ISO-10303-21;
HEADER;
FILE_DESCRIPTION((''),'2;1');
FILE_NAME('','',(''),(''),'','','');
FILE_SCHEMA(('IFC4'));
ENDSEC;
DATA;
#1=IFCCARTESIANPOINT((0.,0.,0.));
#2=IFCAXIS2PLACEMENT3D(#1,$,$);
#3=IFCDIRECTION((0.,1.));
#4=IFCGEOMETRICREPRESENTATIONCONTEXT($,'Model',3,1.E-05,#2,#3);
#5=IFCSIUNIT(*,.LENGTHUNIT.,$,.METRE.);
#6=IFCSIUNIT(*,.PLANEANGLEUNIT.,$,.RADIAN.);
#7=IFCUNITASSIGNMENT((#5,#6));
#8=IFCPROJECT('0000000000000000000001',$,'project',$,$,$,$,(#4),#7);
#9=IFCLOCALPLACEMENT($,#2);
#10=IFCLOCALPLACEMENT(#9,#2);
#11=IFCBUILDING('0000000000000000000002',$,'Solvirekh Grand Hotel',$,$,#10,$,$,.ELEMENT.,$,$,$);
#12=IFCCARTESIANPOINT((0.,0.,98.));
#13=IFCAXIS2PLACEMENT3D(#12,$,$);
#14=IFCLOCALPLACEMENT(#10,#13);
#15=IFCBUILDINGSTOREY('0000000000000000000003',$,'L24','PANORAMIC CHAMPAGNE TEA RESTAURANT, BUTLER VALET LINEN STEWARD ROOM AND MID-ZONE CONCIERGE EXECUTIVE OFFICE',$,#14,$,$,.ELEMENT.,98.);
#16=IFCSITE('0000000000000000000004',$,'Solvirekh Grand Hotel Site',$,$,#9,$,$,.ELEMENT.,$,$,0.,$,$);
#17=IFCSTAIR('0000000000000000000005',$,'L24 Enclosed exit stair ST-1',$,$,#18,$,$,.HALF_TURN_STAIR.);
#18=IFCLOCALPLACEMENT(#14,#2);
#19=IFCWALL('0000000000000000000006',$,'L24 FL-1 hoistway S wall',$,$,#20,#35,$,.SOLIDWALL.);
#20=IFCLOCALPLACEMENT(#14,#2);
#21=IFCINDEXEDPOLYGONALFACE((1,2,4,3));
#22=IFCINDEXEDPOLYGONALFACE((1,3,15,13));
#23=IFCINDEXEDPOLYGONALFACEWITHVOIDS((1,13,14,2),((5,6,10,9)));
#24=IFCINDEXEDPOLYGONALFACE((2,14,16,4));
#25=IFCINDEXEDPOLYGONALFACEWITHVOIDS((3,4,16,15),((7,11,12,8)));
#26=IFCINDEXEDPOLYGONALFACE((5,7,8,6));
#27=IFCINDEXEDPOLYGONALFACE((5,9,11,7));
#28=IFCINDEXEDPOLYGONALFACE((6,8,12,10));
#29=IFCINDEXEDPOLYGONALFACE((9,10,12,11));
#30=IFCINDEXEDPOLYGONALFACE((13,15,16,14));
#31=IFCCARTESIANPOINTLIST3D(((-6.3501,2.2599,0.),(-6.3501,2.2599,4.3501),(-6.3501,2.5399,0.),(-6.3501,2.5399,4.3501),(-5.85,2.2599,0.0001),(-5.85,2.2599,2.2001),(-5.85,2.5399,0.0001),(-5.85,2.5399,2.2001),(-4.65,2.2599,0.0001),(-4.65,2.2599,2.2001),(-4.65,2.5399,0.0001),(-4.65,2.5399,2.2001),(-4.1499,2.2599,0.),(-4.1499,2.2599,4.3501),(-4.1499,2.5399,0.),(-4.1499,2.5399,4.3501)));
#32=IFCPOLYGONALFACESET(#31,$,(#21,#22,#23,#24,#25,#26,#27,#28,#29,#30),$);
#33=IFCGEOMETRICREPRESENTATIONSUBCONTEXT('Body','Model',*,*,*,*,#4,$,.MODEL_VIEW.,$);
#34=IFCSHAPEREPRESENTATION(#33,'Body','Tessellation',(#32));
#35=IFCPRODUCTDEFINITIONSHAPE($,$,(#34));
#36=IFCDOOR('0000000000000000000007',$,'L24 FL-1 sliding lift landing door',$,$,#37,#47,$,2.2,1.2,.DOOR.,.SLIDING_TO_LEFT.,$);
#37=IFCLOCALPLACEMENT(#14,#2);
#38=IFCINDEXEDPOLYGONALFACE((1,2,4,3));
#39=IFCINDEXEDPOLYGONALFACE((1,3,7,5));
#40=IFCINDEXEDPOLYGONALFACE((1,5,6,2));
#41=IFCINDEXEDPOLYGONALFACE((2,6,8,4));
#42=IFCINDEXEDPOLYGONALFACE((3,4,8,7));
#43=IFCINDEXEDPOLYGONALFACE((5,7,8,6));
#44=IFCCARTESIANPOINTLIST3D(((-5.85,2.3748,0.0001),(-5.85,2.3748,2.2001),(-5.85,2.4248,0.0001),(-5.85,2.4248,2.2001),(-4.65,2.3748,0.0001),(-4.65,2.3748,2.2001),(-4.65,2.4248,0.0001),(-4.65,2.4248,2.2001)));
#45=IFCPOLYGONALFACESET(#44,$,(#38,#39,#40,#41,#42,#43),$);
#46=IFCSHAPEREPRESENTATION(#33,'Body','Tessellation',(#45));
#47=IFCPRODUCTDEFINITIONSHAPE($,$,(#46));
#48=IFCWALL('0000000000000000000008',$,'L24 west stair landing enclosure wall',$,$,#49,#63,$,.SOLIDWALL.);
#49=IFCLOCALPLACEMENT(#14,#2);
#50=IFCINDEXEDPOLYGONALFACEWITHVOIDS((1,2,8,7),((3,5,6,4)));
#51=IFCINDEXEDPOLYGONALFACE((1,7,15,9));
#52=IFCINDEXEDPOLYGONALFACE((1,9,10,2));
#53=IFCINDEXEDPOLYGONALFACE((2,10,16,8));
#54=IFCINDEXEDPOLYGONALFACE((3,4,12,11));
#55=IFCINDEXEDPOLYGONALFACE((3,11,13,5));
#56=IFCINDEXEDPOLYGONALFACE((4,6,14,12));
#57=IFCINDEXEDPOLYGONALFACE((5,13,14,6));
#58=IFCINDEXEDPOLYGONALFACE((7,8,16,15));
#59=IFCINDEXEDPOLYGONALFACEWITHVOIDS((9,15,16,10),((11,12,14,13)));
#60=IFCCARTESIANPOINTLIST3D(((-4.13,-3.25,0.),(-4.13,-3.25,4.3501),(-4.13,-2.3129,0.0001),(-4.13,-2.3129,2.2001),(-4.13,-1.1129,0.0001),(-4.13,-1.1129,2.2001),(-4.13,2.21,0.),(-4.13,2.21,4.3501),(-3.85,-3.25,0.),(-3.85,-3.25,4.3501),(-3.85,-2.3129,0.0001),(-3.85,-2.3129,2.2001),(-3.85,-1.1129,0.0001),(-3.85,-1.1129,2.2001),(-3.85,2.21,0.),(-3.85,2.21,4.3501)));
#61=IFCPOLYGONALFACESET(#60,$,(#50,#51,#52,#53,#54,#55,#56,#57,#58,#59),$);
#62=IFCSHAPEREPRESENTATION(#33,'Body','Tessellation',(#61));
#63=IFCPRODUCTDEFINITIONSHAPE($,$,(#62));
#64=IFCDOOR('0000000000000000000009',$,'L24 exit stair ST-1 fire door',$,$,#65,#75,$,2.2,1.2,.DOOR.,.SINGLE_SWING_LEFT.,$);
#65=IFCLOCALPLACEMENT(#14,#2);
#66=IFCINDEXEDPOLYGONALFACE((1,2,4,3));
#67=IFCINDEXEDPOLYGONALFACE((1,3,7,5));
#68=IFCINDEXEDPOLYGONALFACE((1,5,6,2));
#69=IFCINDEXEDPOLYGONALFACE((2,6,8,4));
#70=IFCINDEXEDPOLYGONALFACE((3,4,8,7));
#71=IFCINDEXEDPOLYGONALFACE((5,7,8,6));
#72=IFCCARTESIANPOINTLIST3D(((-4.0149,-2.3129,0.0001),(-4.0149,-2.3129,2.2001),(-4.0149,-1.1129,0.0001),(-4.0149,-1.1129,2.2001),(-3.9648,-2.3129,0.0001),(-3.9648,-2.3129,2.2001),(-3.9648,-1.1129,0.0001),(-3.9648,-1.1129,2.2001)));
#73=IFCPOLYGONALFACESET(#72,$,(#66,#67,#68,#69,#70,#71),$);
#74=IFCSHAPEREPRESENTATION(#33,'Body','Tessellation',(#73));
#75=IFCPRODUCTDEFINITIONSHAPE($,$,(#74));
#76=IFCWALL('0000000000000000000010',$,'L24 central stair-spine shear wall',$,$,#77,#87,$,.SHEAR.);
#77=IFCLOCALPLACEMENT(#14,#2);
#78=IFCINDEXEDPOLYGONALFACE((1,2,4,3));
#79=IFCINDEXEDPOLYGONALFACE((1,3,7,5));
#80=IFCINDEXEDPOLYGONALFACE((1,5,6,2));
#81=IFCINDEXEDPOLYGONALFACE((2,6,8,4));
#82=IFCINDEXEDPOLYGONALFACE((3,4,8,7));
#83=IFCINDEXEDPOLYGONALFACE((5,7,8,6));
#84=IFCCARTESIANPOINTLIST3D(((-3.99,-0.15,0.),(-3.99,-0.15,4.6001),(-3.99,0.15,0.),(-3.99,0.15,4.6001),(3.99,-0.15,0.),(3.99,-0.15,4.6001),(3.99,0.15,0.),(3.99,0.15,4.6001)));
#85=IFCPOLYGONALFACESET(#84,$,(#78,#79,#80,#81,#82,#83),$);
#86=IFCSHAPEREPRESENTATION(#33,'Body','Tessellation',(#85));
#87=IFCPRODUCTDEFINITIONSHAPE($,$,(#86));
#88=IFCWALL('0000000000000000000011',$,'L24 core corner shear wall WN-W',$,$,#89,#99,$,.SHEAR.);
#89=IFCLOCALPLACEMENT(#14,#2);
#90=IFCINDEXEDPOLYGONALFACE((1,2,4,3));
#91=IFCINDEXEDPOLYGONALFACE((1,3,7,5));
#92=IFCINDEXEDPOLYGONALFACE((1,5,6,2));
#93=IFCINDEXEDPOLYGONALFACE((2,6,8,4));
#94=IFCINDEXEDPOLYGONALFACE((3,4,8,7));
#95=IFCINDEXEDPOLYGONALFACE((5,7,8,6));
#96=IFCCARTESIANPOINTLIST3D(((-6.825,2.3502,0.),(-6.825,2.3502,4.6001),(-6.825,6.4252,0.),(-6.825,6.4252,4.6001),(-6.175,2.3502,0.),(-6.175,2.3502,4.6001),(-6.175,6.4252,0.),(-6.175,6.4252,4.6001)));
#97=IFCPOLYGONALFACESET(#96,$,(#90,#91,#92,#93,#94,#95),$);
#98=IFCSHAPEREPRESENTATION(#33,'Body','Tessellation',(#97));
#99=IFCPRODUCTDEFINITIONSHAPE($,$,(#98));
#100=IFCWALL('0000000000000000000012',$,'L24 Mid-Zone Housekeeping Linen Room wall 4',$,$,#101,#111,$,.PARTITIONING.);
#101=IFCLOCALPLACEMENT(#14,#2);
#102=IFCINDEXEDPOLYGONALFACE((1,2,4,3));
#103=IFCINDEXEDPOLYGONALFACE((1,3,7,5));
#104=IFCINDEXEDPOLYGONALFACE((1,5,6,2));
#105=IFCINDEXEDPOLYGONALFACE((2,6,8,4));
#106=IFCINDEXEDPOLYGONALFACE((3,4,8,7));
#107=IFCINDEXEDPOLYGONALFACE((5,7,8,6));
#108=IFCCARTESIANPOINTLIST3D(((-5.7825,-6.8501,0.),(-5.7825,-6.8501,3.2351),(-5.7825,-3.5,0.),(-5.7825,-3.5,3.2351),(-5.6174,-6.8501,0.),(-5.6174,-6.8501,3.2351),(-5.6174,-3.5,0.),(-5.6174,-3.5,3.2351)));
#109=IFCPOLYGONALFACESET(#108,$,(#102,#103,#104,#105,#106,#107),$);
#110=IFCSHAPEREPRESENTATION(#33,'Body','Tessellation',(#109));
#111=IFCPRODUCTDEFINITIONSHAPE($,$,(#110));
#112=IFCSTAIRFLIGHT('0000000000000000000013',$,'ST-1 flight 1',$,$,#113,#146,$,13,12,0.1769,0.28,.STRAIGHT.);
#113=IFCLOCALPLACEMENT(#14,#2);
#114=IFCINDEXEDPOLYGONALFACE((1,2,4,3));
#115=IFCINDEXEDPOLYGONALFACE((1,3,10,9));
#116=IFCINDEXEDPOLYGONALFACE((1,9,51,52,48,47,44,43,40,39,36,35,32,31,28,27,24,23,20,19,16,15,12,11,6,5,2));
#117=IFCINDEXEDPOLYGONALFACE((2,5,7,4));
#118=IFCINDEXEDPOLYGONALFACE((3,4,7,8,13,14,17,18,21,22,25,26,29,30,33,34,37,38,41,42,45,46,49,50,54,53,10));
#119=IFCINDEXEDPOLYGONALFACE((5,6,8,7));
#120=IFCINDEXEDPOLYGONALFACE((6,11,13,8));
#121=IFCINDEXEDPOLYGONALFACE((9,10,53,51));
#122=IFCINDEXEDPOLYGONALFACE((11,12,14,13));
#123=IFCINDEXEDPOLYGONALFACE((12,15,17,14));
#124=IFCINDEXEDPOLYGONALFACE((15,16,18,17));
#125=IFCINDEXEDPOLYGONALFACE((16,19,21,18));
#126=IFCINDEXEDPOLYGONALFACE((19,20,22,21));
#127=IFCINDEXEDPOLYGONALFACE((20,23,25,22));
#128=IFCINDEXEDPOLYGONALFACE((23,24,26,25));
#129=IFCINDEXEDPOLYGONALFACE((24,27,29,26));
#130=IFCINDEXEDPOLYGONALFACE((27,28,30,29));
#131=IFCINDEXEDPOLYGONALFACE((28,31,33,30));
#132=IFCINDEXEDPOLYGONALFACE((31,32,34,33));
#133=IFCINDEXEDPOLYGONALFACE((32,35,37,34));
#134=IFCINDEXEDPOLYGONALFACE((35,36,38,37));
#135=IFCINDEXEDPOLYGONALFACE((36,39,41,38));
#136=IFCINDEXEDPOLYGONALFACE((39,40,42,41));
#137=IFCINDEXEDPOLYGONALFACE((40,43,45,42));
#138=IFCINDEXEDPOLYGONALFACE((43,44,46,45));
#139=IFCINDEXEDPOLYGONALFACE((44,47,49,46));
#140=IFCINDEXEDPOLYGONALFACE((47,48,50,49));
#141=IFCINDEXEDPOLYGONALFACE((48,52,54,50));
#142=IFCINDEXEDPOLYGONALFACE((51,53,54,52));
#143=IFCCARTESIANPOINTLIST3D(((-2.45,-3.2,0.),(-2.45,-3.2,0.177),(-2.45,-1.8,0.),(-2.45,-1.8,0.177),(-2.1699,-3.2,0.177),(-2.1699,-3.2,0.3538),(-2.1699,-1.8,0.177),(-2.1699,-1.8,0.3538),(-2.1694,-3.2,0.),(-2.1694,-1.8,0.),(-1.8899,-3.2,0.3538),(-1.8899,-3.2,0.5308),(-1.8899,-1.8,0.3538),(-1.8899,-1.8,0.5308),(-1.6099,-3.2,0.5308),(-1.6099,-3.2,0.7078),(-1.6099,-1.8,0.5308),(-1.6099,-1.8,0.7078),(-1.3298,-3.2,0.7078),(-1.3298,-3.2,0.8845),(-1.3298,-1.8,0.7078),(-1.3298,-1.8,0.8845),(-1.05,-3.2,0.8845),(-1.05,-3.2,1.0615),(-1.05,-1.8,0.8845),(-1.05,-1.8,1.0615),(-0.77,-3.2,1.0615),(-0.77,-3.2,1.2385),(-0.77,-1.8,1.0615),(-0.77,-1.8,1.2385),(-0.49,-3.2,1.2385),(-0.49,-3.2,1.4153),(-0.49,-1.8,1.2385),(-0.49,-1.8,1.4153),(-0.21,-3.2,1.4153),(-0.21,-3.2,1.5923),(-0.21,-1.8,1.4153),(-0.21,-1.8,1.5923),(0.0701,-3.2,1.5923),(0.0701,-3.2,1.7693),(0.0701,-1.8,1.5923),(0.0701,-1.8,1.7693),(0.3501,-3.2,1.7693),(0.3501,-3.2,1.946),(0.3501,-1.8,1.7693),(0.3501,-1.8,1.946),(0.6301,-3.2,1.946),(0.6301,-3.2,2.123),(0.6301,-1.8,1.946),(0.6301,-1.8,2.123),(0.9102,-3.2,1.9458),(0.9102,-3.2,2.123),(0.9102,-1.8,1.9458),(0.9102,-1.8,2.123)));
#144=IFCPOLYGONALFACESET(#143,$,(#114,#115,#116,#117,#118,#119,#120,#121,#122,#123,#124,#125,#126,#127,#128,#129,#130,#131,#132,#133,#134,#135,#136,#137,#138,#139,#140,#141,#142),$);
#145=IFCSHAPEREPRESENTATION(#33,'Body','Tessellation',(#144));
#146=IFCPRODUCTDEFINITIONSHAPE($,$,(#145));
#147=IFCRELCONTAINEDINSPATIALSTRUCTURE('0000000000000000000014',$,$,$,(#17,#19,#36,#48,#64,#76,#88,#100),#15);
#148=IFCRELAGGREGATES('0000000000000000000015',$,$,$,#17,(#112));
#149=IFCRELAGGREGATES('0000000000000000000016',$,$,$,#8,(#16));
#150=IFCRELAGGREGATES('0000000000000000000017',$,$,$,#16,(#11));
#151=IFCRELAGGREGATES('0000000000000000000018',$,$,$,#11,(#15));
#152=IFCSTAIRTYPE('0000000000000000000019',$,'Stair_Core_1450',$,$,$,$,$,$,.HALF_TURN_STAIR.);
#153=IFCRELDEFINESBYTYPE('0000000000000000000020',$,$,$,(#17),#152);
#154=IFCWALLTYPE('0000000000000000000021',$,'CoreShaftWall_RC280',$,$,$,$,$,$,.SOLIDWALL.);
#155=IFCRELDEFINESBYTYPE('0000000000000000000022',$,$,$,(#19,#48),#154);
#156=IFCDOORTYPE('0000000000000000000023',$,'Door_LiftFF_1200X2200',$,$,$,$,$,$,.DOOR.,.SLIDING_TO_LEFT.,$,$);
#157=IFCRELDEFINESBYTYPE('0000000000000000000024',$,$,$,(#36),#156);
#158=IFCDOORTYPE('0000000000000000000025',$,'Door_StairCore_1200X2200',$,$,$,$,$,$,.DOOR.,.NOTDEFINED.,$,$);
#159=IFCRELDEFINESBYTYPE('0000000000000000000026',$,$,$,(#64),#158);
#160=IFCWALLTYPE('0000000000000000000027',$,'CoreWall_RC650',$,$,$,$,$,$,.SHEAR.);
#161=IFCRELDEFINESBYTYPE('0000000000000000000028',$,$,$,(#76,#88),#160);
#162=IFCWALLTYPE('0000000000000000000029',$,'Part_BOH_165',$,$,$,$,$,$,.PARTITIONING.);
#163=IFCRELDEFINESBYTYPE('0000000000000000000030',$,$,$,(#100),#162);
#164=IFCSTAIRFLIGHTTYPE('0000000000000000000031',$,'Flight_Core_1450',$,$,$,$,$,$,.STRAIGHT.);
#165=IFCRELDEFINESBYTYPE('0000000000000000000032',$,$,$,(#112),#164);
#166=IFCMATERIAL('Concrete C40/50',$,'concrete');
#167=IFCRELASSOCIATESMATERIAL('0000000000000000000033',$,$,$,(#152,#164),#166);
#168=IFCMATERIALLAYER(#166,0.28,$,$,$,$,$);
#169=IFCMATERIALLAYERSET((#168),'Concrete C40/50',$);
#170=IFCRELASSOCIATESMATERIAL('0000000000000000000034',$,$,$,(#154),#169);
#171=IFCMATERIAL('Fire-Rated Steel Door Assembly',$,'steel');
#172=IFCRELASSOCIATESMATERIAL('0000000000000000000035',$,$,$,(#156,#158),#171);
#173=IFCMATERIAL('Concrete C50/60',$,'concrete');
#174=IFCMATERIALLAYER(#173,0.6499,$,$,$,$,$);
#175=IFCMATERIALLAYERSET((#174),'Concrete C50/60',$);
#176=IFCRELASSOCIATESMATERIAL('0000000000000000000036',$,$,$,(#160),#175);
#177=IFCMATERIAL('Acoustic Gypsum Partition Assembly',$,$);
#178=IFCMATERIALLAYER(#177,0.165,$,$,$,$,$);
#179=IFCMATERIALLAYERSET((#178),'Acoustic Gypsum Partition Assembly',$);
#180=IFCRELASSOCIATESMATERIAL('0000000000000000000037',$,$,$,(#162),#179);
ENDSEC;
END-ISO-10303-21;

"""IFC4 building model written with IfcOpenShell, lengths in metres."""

from ifc_helpers import new_model, si_unit, direction, frame, frame_2d, origin, place, context, subcontext, project, spatial, polyline, rectangle, outline, extrude, material, layer, layer_set, type_object, element, fill, aggregate, save


model = new_model("IFC4")

# Units and contexts
model_context = context("Model", 3, precision=1e-05, world=origin(), true_north=direction((0.0, 1.0)))
body_context = subcontext(model_context, "Body", "Model", "MODEL_VIEW")
ifc_project = project(units=[si_unit("LENGTHUNIT", "METRE"), si_unit("PLANEANGLEUNIT", "RADIAN")], contexts=[model_context])

# Site, building, storey
site_placement = place(None, origin())
site = spatial("IfcSite", under=ifc_project, at=site_placement, Name="Solvirekh Grand Hotel Site", CompositionType="ELEMENT", RefElevation=0.0)
building_placement = place(site_placement, origin())
building = spatial("IfcBuilding", under=site, at=building_placement, Name="Solvirekh Grand Hotel", CompositionType="ELEMENT")
storey_placement = place(building_placement, frame((0.0, 0.0, 98.0)))
storey = spatial("IfcBuildingStorey", under=building, at=storey_placement, Name="L24", Description="PANORAMIC CHAMPAGNE TEA RESTAURANT, BUTLER VALET LINEN STEWARD ROOM AND MID-ZONE CONCIERGE EXECUTIVE OFFICE", CompositionType="ELEMENT", Elevation=98.0)

# Shared definitions
ifc_material_1 = material(Name="Concrete C50/60", Category="concrete")

# Stair
ifc_material_2 = material(Name="Concrete C40/50", Category="concrete")
stair_type = type_object("IfcStairType", Name="Stair_Core_1450", PredefinedType="HALF_TURN_STAIR", material=ifc_material_2)
stair_1_placement = place(storey_placement, origin())
stair_1 = element("IfcStair", 1, at=stair_1_placement, inside=storey, type_object=stair_type, Name="L24 Enclosed exit stair ST-1", PredefinedType="HALF_TURN_STAIR")

# Shared definitions
ifc_layer_1 = layer(ifc_material_2, 0.28)
ifc_layer_set_1 = layer_set([ifc_layer_1], Name="Concrete C40/50")
wall_type_1 = type_object("IfcWallType", Name="CoreShaftWall_RC280", PredefinedType="SOLIDWALL", material=ifc_layer_set_1)

# Walls, openings, doors
wall_1_placement = place(storey_placement, frame((-6.3501, 2.3999, 0.0), z_axis=(0.0, 0.0, 1.0), x_axis=(1.0, 0.0, 0.0)))
wall_1 = element("IfcWall", 2, at=wall_1_placement, inside=storey, type_object=wall_type_1, Name="L24 FL-1 hoistway S wall", PredefinedType="SOLIDWALL", context=body_context, shape_type="SweptSolid", body=[
    extrude(rectangle(XDim=2.2002, YDim=0.28, at=frame_2d((1.1001, 0.0))), origin(), (0.0, 0.0, 1.0), 4.3501),
])
opening_1_placement = place(wall_1_placement, frame((0.5, 0.0, 0.0)))
opening_1 = element("IfcOpeningElement", 3, at=opening_1_placement, cuts=wall_1, PredefinedType="OPENING", context=body_context, shape_type="SweptSolid", body=[
    extrude(rectangle(XDim=1.2, YDim=2.2, at=frame_2d((0.6001, 1.1001))), frame((0.0, 0.1499, 0.0), z_axis=(0.0, -1.0, 0.0), x_axis=(1.0, 0.0, 0.0)), (0.0, 0.0, 1.0), 0.3),
])
ifc_material_3 = material(Name="Fire-Rated Steel Door Assembly", Category="steel")
door_type_1 = type_object("IfcDoorType", Name="Door_LiftFF_1200X2200", OperationType="SLIDING_TO_LEFT", PredefinedType="DOOR", material=ifc_material_3)
door_1_placement = place(opening_1_placement, origin())
door_1 = element("IfcDoor", 4, at=door_1_placement, inside=storey, type_object=door_type_1, Name="L24 FL-1 sliding lift landing door", OperationType="SLIDING_TO_LEFT", OverallHeight=2.2, OverallWidth=1.2, PredefinedType="DOOR", context=body_context, shape_type="SweptSolid", body=[
    extrude(rectangle(XDim=1.2, YDim=2.2, at=frame_2d((0.6001, 1.1001))), frame((0.0, 0.0249, 0.0), z_axis=(0.0, -1.0, 0.0), x_axis=(1.0, 0.0, 0.0)), (0.0, 0.0, 1.0), 0.05),
])
fill(opening_1, door_1)
wall_2_placement = place(storey_placement, frame((-3.99, -3.25, 0.0), z_axis=(0.0, 0.0, 1.0), x_axis=(0.0, 1.0, 0.0)))
wall_2 = element("IfcWall", 5, at=wall_2_placement, inside=storey, type_object=wall_type_1, Name="L24 west stair landing enclosure wall", PredefinedType="SOLIDWALL", context=body_context, shape_type="SweptSolid", body=[
    extrude(rectangle(XDim=5.46, YDim=0.28, at=frame_2d((2.73, 0.0))), origin(), (0.0, 0.0, 1.0), 4.3501),
])
opening_2_placement = place(wall_2_placement, frame((0.937, 0.0, 0.0)))
opening_2 = element("IfcOpeningElement", 6, at=opening_2_placement, cuts=wall_2, PredefinedType="OPENING", context=body_context, shape_type="SweptSolid", body=[
    extrude(rectangle(XDim=1.2, YDim=2.2, at=frame_2d((0.6001, 1.1001))), frame((0.0, 0.1499, 0.0), z_axis=(0.0, -1.0, 0.0), x_axis=(1.0, 0.0, 0.0)), (0.0, 0.0, 1.0), 0.3),
])
door_type_2 = type_object("IfcDoorType", Name="Door_StairCore_1200X2200", OperationType="NOTDEFINED", PredefinedType="DOOR", material=ifc_material_3)
door_2_placement = place(opening_2_placement, origin())
door_2 = element("IfcDoor", 7, at=door_2_placement, inside=storey, type_object=door_type_2, Name="L24 exit stair ST-1 fire door", OperationType="SINGLE_SWING_LEFT", OverallHeight=2.2, OverallWidth=1.2, PredefinedType="DOOR", context=body_context, shape_type="SweptSolid", body=[
    extrude(rectangle(XDim=1.2, YDim=2.2, at=frame_2d((0.6001, 1.1001))), frame((0.0, 0.0249, 0.0), z_axis=(0.0, -1.0, 0.0), x_axis=(1.0, 0.0, 0.0)), (0.0, 0.0, 1.0), 0.05),
])
fill(opening_2, door_2)

# Walls
ifc_layer_2 = layer(ifc_material_1, 0.6499)
ifc_layer_set_2 = layer_set([ifc_layer_2], Name="Concrete C50/60")
wall_type_2 = type_object("IfcWallType", Name="CoreWall_RC650", PredefinedType="SHEAR", material=ifc_layer_set_2)
wall_3_placement = place(storey_placement, frame((-3.99, 0.0, 0.0), z_axis=(0.0, 0.0, 1.0), x_axis=(1.0, 0.0, 0.0)))
element("IfcWall", 8, at=wall_3_placement, inside=storey, type_object=wall_type_2, Name="L24 central stair-spine shear wall", PredefinedType="SHEAR", context=body_context, shape_type="SweptSolid", body=[
    extrude(rectangle(XDim=7.98, YDim=0.3, at=frame_2d((3.99, 0.0))), origin(), (0.0, 0.0, 1.0), 4.6001),
])
wall_4_placement = place(storey_placement, frame((-6.5, 2.3501, 0.0), z_axis=(0.0, 0.0, 1.0), x_axis=(0.0, 1.0, 0.0)))
element("IfcWall", 9, at=wall_4_placement, inside=storey, type_object=wall_type_2, Name="L24 core corner shear wall WN-W", PredefinedType="SHEAR", context=body_context, shape_type="SweptSolid", body=[
    extrude(rectangle(XDim=4.075, YDim=0.6499, at=frame_2d((2.0376, 0.0))), origin(), (0.0, 0.0, 1.0), 4.6001),
])
ifc_material_4 = material(Name="Acoustic Gypsum Partition Assembly")
ifc_layer_3 = layer(ifc_material_4, 0.165)
ifc_layer_set_3 = layer_set([ifc_layer_3], Name="Acoustic Gypsum Partition Assembly")
wall_type_3 = type_object("IfcWallType", Name="Part_BOH_165", PredefinedType="PARTITIONING", material=ifc_layer_set_3)
wall_5_placement = place(storey_placement, frame((-5.7, -3.5, 0.0), z_axis=(0.0, 0.0, 1.0), x_axis=(0.0, -1.0, 0.0)))
element("IfcWall", 10, at=wall_5_placement, inside=storey, type_object=wall_type_3, Name="L24 Mid-Zone Housekeeping Linen Room wall 4", PredefinedType="PARTITIONING", context=body_context, shape_type="SweptSolid", body=[
    extrude(rectangle(XDim=3.3501, YDim=0.165, at=frame_2d((1.675, 0.0))), origin(), (0.0, 0.0, 1.0), 3.2351),
])

# Stair flight
stair_flight_type = type_object("IfcStairFlightType", Name="Flight_Core_1450", PredefinedType="STRAIGHT", material=ifc_material_2)
stair_flight_1_placement = place(storey_placement, frame((-2.45, -2.5, 0.0), z_axis=(0.0, 0.0, 1.0), x_axis=(1.0, 0.0, 0.0)))
stair_flight_1 = element("IfcStairFlight", 11, at=stair_flight_1_placement, type_object=stair_flight_type, Name="ST-1 flight 1", NumberOfRisers=13, NumberOfTreads=12, PredefinedType="STRAIGHT", RiserHeight=0.1769, TreadLength=0.28, context=body_context, shape_type="SweptSolid", body=[
    extrude(outline(polyline([(0.0, 0.0), (0.0, 0.177), (0.28, 0.177), (0.28, 0.3538), (0.5601, 0.3538), (0.5601, 0.5308), (0.8401, 0.5308), (0.8401, 0.7078), (1.1201, 0.7078), (1.1201, 0.8845), (1.3999, 0.8845), (1.3999, 1.0615), (1.6799, 1.0615), (1.6799, 1.2385), (1.96, 1.2385), (1.96, 1.4153), (2.24, 1.4153), (2.24, 1.5923), (2.52, 1.5923), (2.52, 1.7693), (2.8, 1.7693), (2.8, 1.946), (3.0801, 1.946), (3.0801, 2.123), (3.3601, 2.123), (3.3601, 2.3), (3.3601, 1.9458), (0.2805, 0.0), (0.0, 0.0)])), frame((0.0, 0.7, 0.0), z_axis=(0.0, -1.0, 0.0), x_axis=(1.0, 0.0, 0.0)), (0.0, 0.0, 1.0), 1.3999),
])
aggregate(stair_1, [stair_flight_1])

save(model, "model.ifc")
